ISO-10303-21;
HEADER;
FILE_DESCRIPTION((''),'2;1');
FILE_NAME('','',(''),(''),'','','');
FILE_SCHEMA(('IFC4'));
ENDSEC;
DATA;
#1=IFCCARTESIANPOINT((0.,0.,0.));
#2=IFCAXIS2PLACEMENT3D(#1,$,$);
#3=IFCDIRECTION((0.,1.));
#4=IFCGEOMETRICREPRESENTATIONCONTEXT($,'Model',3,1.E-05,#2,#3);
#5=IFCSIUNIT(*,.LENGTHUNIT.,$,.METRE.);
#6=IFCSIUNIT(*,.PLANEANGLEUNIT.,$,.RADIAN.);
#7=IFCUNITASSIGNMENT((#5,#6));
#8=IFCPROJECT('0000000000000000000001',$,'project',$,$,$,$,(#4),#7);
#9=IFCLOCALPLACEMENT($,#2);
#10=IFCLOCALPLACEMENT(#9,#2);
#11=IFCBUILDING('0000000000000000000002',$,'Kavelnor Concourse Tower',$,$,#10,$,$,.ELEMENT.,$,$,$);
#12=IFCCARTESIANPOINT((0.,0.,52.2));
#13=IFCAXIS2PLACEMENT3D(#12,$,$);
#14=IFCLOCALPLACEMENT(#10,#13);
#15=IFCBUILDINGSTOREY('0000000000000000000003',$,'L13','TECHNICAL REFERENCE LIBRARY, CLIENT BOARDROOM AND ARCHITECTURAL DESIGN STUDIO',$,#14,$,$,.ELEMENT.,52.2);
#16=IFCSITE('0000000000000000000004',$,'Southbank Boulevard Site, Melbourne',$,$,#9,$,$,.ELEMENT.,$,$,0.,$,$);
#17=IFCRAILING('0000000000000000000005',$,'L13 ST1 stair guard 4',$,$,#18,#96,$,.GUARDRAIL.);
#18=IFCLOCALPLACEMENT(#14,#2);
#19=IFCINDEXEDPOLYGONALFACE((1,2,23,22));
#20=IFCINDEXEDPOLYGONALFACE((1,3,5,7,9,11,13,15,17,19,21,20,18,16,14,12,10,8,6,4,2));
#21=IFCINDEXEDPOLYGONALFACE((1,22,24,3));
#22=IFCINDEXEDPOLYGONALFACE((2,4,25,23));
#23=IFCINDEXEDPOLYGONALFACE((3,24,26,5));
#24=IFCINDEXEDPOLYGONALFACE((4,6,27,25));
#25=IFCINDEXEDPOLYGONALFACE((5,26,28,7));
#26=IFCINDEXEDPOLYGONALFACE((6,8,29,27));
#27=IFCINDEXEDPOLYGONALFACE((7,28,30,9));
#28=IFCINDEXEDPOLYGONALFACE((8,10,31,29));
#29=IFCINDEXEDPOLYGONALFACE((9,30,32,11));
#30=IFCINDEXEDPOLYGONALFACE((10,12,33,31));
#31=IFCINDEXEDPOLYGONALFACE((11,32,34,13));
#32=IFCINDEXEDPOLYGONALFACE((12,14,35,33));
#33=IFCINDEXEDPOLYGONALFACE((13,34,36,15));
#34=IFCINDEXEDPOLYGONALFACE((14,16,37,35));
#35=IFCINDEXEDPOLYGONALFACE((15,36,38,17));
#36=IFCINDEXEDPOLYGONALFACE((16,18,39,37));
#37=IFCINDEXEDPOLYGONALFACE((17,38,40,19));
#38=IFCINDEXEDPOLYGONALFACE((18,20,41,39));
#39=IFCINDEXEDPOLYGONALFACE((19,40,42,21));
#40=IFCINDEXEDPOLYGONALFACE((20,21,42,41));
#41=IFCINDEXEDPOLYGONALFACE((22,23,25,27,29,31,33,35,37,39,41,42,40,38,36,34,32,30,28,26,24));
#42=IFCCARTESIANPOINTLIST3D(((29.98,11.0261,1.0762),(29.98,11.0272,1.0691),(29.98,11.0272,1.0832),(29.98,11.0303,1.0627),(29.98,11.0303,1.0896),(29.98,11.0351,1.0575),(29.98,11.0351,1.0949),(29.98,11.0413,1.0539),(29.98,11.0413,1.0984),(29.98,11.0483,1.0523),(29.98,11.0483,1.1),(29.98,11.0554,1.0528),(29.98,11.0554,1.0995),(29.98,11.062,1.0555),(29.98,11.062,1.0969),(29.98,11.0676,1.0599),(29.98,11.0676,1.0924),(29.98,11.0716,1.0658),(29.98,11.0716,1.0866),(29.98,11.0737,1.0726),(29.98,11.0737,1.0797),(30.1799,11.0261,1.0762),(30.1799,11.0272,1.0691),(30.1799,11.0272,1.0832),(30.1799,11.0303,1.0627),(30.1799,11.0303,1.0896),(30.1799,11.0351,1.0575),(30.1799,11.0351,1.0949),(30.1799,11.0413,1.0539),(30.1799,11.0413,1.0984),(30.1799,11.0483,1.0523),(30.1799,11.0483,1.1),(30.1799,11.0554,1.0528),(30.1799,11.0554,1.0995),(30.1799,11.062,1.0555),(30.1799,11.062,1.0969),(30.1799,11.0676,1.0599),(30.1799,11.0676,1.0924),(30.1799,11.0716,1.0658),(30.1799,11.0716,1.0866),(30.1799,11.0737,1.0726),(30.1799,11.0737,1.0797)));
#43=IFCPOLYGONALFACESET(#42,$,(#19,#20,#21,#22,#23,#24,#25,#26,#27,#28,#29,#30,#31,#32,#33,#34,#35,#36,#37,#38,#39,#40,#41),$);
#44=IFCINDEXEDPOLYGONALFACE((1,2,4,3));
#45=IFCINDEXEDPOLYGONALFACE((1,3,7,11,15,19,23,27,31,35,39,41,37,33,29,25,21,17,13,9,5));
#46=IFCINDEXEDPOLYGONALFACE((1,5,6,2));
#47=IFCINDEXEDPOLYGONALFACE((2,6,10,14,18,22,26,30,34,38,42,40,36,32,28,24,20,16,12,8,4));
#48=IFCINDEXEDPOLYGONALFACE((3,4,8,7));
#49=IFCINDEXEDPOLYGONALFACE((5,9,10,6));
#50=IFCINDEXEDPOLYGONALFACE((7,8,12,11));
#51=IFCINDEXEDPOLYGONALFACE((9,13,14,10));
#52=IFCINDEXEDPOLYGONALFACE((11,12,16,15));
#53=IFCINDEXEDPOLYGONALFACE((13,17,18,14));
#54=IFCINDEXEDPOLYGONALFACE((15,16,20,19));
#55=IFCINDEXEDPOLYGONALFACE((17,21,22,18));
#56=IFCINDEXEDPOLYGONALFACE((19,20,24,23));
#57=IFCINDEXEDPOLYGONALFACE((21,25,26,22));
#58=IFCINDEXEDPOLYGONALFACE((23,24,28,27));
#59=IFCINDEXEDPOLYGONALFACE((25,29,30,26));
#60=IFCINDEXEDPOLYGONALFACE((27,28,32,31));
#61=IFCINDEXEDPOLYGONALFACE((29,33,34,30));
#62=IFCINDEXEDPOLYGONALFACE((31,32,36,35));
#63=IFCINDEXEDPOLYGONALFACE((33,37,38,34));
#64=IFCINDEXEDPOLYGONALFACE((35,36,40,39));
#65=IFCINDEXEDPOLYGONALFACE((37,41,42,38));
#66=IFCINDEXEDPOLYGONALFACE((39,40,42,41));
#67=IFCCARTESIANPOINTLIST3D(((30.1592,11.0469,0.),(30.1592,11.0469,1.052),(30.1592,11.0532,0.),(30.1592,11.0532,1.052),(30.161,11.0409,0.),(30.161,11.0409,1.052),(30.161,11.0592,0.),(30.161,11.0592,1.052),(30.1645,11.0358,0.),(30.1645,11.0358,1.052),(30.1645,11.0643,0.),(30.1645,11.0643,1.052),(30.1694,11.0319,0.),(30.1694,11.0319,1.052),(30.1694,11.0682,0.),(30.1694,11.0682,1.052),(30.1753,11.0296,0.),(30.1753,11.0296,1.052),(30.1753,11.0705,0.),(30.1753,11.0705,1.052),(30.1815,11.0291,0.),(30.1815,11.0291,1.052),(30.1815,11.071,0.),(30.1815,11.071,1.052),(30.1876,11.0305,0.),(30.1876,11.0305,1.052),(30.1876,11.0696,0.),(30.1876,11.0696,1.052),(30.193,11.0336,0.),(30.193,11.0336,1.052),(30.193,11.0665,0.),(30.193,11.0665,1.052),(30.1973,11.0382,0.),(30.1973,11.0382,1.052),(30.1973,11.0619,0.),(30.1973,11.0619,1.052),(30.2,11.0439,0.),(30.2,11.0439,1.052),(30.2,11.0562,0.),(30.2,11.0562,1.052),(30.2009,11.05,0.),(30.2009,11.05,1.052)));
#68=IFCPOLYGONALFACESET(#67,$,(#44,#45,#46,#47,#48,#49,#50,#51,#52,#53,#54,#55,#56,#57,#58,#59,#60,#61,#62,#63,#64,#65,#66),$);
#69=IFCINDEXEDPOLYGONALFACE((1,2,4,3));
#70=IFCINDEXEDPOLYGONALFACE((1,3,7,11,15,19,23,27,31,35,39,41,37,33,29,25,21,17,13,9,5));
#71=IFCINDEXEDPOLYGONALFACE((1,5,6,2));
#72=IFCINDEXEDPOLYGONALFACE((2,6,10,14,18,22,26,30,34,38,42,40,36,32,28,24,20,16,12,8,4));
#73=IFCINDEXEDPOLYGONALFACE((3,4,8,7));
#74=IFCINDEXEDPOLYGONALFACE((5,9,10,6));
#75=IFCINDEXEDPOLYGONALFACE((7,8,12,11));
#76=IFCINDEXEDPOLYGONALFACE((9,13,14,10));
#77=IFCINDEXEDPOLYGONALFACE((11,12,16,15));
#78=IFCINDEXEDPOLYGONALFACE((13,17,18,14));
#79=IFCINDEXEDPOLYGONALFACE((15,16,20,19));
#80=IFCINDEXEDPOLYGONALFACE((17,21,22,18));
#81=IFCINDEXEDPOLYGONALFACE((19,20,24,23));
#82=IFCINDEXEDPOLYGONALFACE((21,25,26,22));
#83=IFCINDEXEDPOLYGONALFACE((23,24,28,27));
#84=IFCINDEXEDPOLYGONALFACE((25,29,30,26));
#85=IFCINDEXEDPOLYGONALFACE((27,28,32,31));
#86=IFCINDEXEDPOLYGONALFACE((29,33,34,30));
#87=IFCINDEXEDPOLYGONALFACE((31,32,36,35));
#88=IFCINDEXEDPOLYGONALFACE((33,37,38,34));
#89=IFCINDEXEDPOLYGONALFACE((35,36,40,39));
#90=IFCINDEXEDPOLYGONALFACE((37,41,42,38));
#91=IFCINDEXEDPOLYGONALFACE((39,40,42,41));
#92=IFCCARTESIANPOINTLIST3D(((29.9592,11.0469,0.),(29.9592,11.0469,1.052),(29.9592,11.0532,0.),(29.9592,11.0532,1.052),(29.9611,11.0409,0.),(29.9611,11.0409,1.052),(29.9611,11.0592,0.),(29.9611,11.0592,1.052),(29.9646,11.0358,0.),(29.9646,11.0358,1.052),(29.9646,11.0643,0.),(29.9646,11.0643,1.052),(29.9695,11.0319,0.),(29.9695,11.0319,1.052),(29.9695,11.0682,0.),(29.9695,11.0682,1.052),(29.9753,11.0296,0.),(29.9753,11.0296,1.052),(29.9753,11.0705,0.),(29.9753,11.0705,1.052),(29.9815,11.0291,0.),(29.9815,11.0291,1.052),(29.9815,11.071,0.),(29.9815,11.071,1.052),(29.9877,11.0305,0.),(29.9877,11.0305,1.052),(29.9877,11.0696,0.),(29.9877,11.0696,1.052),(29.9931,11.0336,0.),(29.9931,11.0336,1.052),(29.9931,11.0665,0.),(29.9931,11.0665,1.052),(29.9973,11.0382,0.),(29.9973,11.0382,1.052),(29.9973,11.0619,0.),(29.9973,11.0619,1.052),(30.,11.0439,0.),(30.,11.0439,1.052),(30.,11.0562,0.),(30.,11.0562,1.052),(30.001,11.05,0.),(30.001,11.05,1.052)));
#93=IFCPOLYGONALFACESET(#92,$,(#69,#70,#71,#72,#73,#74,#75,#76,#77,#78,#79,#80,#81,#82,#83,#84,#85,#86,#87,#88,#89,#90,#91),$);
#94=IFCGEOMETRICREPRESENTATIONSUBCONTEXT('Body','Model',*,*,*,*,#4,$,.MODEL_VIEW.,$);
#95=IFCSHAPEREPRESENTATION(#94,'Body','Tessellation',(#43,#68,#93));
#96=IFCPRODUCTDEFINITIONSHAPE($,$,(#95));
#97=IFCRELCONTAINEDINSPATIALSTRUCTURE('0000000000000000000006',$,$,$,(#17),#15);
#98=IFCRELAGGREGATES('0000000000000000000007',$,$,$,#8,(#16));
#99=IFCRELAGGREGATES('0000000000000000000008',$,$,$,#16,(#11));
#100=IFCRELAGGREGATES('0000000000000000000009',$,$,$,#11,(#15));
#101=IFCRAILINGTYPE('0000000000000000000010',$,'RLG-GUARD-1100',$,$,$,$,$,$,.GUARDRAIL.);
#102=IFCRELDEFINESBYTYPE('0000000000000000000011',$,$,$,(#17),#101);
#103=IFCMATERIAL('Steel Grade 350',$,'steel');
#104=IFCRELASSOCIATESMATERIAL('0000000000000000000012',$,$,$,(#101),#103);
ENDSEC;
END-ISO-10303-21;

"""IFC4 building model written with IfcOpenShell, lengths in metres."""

from ifc_helpers import new_model, si_unit, direction, frame, origin, origin_2d, place, context, subcontext, project, spatial, circle, extrude, material, type_object, element, save


model = new_model("IFC4")

# Units and contexts
model_context = context("Model", 3, precision=1e-05, world=origin(), true_north=direction((0.0, 1.0)))
body_context = subcontext(model_context, "Body", "Model", "MODEL_VIEW")
ifc_project = project(units=[si_unit("LENGTHUNIT", "METRE"), si_unit("PLANEANGLEUNIT", "RADIAN")], contexts=[model_context])

# Site, building, storey
site_placement = place(None, origin())
site = spatial("IfcSite", under=ifc_project, at=site_placement, Name="Southbank Boulevard Site, Melbourne", CompositionType="ELEMENT", RefElevation=0.0)
building_placement = place(site_placement, origin())
building = spatial("IfcBuilding", under=site, at=building_placement, Name="Kavelnor Concourse Tower", CompositionType="ELEMENT")
storey_placement = place(building_placement, frame((0.0, 0.0, 52.2)))
storey = spatial("IfcBuildingStorey", under=building, at=storey_placement, Name="L13", Description="TECHNICAL REFERENCE LIBRARY, CLIENT BOARDROOM AND ARCHITECTURAL DESIGN STUDIO", CompositionType="ELEMENT", Elevation=52.2)

# Shared definitions
ifc_material_1 = material(Name="Steel Grade 350", Category="steel")

# Railing
railing_type_1 = type_object("IfcRailingType", Name="RLG-GUARD-1100", PredefinedType="GUARDRAIL", material=ifc_material_1)
railing_1_placement = place(storey_placement, frame((30.1799, 11.05, 0.0)))
element("IfcRailing", 1, at=railing_1_placement, inside=storey, type_object=railing_type_1, Name="L13 ST1 stair guard 4", PredefinedType="GUARDRAIL", context=body_context, shape_type="SweptSolid", body=[
    extrude(circle(Radius=0.0239, at=origin_2d()), frame((0.0, 0.0, 1.0762), z_axis=(-1.0, 0.0, 0.0), x_axis=(0.0, -1.0, 0.0)), (0.0, 0.0, 1.0), 0.2),
    extrude(circle(Radius=0.021, at=origin_2d()), origin(), (0.0, 0.0, 1.0), 1.052),
    extrude(circle(Radius=0.021, at=origin_2d()), frame((-0.2, 0.0, 0.0)), (0.0, 0.0, 1.0), 1.052),
])

save(model, "model.ifc")
